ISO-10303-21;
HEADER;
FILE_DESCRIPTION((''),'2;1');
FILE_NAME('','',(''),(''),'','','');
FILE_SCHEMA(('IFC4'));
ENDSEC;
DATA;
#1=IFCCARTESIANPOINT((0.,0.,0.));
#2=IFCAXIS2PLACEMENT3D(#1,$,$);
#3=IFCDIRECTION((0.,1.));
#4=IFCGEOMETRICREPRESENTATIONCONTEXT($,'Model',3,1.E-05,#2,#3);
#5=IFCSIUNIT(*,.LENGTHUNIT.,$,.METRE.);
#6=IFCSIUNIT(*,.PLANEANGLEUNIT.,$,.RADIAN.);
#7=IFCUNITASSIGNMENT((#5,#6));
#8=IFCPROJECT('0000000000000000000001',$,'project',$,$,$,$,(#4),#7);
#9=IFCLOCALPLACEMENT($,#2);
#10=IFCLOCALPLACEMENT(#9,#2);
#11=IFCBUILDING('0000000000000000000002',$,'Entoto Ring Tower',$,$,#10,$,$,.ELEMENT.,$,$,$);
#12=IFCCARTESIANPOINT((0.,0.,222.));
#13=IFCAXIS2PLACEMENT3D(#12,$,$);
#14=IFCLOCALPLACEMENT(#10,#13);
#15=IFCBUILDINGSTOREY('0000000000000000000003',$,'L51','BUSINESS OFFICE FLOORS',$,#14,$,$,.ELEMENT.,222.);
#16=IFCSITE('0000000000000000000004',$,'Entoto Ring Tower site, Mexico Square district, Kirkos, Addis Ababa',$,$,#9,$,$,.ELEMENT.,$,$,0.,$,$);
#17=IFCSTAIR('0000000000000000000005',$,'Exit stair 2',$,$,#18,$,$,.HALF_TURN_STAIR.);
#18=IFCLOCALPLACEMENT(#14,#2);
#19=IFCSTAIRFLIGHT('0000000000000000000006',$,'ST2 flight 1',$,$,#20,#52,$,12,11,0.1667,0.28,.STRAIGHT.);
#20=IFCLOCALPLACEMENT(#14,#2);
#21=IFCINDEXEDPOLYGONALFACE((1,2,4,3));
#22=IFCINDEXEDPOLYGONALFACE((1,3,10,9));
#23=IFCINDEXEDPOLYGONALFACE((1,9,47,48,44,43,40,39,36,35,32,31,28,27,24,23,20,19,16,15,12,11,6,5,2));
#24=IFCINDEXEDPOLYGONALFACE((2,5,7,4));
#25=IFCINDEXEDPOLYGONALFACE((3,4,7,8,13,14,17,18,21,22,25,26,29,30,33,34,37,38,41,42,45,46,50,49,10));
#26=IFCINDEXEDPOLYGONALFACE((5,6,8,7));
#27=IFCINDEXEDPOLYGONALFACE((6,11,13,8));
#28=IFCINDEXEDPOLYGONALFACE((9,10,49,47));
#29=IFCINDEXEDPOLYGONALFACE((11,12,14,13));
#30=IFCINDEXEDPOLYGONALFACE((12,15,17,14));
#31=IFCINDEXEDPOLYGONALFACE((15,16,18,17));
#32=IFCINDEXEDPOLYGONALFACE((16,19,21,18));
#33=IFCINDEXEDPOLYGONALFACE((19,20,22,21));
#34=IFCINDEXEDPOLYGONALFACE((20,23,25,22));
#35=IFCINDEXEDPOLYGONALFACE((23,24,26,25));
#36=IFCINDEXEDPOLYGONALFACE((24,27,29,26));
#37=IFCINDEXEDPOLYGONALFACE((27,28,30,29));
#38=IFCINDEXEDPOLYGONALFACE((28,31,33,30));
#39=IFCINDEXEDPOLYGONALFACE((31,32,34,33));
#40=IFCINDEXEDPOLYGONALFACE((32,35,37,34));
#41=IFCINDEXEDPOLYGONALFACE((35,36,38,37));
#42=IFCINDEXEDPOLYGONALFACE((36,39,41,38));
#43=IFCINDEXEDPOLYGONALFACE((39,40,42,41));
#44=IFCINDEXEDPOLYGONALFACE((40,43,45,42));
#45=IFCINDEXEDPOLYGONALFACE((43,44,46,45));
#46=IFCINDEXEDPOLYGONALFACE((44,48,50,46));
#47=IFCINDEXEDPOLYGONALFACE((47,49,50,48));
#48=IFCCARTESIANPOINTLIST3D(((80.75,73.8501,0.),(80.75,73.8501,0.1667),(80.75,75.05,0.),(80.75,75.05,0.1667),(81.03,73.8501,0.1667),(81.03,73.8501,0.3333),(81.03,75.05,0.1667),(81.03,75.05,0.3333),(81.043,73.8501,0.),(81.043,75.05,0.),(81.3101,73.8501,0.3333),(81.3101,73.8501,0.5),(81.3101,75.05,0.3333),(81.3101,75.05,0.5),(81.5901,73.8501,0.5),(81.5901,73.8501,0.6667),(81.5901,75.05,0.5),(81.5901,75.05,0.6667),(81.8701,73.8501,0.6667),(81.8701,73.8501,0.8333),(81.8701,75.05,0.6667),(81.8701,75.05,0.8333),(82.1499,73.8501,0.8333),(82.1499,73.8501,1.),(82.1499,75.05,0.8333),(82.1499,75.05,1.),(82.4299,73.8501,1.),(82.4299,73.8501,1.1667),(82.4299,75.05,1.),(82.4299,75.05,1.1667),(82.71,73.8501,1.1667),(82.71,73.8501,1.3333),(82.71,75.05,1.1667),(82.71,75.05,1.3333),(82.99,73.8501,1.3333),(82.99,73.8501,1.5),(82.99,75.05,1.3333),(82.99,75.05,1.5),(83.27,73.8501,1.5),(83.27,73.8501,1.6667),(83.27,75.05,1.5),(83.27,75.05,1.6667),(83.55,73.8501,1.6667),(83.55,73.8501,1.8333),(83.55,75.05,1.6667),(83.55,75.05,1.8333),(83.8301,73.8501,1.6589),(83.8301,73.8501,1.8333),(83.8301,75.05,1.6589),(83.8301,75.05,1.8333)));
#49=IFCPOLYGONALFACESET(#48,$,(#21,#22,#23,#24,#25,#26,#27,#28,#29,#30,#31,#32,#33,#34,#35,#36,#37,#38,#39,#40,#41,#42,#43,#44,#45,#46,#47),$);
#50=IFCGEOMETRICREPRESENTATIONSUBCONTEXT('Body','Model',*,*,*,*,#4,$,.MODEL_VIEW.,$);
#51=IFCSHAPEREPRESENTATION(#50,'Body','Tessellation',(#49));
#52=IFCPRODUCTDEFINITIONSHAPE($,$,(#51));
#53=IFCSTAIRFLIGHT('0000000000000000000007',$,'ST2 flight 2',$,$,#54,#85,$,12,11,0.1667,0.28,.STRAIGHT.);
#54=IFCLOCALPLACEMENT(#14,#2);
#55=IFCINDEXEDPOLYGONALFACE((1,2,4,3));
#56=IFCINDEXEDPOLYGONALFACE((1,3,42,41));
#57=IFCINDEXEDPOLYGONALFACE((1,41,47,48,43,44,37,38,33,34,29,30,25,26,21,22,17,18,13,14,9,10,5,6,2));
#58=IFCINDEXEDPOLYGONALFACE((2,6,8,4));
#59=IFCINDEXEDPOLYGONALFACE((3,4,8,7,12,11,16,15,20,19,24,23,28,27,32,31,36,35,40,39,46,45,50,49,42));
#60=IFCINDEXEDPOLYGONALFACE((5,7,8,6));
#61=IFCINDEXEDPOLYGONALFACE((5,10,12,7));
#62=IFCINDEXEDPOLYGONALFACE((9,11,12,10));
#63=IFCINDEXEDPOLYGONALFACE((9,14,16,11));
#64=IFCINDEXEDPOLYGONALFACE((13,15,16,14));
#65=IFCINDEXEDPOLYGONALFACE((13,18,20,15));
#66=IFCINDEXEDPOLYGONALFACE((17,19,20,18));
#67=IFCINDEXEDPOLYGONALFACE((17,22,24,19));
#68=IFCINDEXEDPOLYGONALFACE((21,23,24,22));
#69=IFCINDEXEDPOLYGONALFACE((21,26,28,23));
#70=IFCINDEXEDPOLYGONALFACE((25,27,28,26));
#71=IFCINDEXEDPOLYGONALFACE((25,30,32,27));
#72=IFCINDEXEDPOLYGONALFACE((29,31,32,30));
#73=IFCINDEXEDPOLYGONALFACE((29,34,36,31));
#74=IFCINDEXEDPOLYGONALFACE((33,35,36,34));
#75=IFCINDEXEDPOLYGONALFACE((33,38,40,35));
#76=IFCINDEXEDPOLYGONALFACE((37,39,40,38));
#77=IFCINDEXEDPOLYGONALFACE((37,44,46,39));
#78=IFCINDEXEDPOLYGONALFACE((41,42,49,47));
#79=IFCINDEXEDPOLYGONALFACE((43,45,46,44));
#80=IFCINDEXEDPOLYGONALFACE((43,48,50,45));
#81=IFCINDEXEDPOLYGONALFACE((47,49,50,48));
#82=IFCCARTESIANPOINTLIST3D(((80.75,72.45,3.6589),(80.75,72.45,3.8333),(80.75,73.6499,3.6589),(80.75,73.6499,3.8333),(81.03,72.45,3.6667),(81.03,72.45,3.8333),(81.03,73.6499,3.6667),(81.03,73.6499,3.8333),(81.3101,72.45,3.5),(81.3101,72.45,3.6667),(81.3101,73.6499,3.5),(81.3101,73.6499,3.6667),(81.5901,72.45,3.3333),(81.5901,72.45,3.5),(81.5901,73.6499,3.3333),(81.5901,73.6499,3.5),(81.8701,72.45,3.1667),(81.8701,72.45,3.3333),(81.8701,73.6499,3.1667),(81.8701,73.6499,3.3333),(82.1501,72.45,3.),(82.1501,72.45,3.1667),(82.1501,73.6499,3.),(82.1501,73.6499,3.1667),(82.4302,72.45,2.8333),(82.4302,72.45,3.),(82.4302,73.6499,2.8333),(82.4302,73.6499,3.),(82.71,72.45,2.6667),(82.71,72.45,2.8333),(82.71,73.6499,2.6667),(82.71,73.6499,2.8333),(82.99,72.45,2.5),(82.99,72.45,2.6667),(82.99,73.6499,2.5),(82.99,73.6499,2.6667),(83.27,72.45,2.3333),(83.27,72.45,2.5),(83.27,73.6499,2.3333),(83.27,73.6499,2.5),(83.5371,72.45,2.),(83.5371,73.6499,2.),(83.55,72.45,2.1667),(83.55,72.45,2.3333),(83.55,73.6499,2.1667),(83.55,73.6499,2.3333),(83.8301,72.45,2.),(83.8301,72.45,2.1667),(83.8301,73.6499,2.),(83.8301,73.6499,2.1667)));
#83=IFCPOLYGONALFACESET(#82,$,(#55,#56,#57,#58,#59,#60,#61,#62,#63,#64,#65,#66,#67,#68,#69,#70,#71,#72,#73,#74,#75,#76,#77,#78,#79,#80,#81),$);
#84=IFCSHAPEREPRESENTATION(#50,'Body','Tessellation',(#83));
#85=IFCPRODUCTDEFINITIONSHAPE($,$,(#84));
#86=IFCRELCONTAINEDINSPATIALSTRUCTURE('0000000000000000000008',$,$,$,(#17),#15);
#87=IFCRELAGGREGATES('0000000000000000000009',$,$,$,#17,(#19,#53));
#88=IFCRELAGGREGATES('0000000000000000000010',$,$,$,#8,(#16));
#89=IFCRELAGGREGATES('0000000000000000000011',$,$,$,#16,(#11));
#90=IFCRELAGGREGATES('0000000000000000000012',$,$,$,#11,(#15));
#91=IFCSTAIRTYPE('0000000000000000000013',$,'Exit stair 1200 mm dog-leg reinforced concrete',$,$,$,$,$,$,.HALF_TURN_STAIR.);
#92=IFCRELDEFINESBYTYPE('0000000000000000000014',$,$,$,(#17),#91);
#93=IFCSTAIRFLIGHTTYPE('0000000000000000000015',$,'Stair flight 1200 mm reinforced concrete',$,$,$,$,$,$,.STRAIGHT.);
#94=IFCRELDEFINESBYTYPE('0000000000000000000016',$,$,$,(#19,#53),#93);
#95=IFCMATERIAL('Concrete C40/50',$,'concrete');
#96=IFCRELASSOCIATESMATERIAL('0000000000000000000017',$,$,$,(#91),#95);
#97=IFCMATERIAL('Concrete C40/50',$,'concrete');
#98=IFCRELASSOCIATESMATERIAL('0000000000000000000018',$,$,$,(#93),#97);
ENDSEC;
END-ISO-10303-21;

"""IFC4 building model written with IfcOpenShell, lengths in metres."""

from ifc_helpers import new_model, si_unit, direction, frame, origin, place, context, subcontext, project, spatial, polyline, outline, extrude, material, type_object, element, aggregate, save


model = new_model("IFC4")

# Units and contexts
model_context = context("Model", 3, precision=1e-05, world=origin(), true_north=direction((0.0, 1.0)))
body_context = subcontext(model_context, "Body", "Model", "MODEL_VIEW")
ifc_project = project(units=[si_unit("LENGTHUNIT", "METRE"), si_unit("PLANEANGLEUNIT", "RADIAN")], contexts=[model_context])

# Site, building, storey
site_placement = place(None, origin())
site = spatial("IfcSite", under=ifc_project, at=site_placement, Name="Entoto Ring Tower site, Mexico Square district, Kirkos, Addis Ababa", CompositionType="ELEMENT", RefElevation=0.0)
building_placement = place(site_placement, origin())
building = spatial("IfcBuilding", under=site, at=building_placement, Name="Entoto Ring Tower", CompositionType="ELEMENT")
storey_placement = place(building_placement, frame((0.0, 0.0, 222.0)))
storey = spatial("IfcBuildingStorey", under=building, at=storey_placement, Name="L51", Description="BUSINESS OFFICE FLOORS", CompositionType="ELEMENT", Elevation=222.0)

# Stair, stair flights
ifc_material_1 = material(Name="Concrete C40/50", Category="concrete")
stair_type = type_object("IfcStairType", Name="Exit stair 1200 mm dog-leg reinforced concrete", PredefinedType="HALF_TURN_STAIR", material=ifc_material_1)
stair_placement = place(storey_placement, origin())
stair = element("IfcStair", 1, at=stair_placement, inside=storey, type_object=stair_type, Name="Exit stair 2", PredefinedType="HALF_TURN_STAIR")
ifc_material_2 = material(Name="Concrete C40/50", Category="concrete")
stair_flight_type = type_object("IfcStairFlightType", Name="Stair flight 1200 mm reinforced concrete", PredefinedType="STRAIGHT", material=ifc_material_2)
stair_flight_1_placement = place(storey_placement, frame((80.75, 74.45, 0.0), z_axis=(0.0, 0.0, 1.0), x_axis=(1.0, 0.0, 0.0)))
stair_flight_1 = element("IfcStairFlight", 2, at=stair_flight_1_placement, type_object=stair_flight_type, Name="ST2 flight 1", NumberOfRisers=12, NumberOfTreads=11, PredefinedType="STRAIGHT", RiserHeight=0.1667, TreadLength=0.28, context=body_context, shape_type="SweptSolid", body=[
    extrude(outline(polyline([(0.0, 0.0), (0.0, 0.1667), (0.28, 0.1667), (0.28, 0.3333), (0.5601, 0.3333), (0.5601, 0.5), (0.8401, 0.5), (0.8401, 0.6667), (1.1201, 0.6667), (1.1201, 0.8333), (1.3999, 0.8333), (1.3999, 1.0), (1.6799, 1.0), (1.6799, 1.1667), (1.96, 1.1667), (1.96, 1.3333), (2.24, 1.3333), (2.24, 1.5), (2.52, 1.5), (2.52, 1.6667), (2.8, 1.6667), (2.8, 1.8333), (3.0801, 1.8333), (3.0801, 2.0), (3.0801, 1.6589), (0.293, 0.0), (0.0, 0.0)])), frame((0.0, 0.6001, 0.0), z_axis=(0.0, -1.0, 0.0), x_axis=(1.0, 0.0, 0.0)), (0.0, 0.0, 1.0), 1.2),
])
stair_flight_2_placement = place(storey_placement, frame((83.8301, 73.05, 2.0), z_axis=(0.0, 0.0, 1.0), x_axis=(-1.0, 0.0, 0.0)))
stair_flight_2 = element("IfcStairFlight", 3, at=stair_flight_2_placement, type_object=stair_flight_type, Name="ST2 flight 2", NumberOfRisers=12, NumberOfTreads=11, PredefinedType="STRAIGHT", RiserHeight=0.1667, TreadLength=0.28, context=body_context, shape_type="SweptSolid", body=[
    extrude(outline(polyline([(0.0, 0.0), (0.0, 0.1667), (0.28, 0.1667), (0.28, 0.3333), (0.5601, 0.3333), (0.5601, 0.5), (0.8401, 0.5), (0.8401, 0.6667), (1.1201, 0.6667), (1.1201, 0.8333), (1.3999, 0.8333), (1.3999, 1.0), (1.6799, 1.0), (1.6799, 1.1667), (1.96, 1.1667), (1.96, 1.3333), (2.24, 1.3333), (2.24, 1.5), (2.52, 1.5), (2.52, 1.6667), (2.8, 1.6667), (2.8, 1.8333), (3.0801, 1.8333), (3.0801, 2.0), (3.0801, 1.6589), (0.293, 0.0), (0.0, 0.0)])), frame((0.0, 0.6001, 0.0), z_axis=(0.0, -1.0, 0.0), x_axis=(1.0, 0.0, 0.0)), (0.0, 0.0, 1.0), 1.2),
])
aggregate(stair, [stair_flight_1, stair_flight_2])

save(model, "model.ifc")
